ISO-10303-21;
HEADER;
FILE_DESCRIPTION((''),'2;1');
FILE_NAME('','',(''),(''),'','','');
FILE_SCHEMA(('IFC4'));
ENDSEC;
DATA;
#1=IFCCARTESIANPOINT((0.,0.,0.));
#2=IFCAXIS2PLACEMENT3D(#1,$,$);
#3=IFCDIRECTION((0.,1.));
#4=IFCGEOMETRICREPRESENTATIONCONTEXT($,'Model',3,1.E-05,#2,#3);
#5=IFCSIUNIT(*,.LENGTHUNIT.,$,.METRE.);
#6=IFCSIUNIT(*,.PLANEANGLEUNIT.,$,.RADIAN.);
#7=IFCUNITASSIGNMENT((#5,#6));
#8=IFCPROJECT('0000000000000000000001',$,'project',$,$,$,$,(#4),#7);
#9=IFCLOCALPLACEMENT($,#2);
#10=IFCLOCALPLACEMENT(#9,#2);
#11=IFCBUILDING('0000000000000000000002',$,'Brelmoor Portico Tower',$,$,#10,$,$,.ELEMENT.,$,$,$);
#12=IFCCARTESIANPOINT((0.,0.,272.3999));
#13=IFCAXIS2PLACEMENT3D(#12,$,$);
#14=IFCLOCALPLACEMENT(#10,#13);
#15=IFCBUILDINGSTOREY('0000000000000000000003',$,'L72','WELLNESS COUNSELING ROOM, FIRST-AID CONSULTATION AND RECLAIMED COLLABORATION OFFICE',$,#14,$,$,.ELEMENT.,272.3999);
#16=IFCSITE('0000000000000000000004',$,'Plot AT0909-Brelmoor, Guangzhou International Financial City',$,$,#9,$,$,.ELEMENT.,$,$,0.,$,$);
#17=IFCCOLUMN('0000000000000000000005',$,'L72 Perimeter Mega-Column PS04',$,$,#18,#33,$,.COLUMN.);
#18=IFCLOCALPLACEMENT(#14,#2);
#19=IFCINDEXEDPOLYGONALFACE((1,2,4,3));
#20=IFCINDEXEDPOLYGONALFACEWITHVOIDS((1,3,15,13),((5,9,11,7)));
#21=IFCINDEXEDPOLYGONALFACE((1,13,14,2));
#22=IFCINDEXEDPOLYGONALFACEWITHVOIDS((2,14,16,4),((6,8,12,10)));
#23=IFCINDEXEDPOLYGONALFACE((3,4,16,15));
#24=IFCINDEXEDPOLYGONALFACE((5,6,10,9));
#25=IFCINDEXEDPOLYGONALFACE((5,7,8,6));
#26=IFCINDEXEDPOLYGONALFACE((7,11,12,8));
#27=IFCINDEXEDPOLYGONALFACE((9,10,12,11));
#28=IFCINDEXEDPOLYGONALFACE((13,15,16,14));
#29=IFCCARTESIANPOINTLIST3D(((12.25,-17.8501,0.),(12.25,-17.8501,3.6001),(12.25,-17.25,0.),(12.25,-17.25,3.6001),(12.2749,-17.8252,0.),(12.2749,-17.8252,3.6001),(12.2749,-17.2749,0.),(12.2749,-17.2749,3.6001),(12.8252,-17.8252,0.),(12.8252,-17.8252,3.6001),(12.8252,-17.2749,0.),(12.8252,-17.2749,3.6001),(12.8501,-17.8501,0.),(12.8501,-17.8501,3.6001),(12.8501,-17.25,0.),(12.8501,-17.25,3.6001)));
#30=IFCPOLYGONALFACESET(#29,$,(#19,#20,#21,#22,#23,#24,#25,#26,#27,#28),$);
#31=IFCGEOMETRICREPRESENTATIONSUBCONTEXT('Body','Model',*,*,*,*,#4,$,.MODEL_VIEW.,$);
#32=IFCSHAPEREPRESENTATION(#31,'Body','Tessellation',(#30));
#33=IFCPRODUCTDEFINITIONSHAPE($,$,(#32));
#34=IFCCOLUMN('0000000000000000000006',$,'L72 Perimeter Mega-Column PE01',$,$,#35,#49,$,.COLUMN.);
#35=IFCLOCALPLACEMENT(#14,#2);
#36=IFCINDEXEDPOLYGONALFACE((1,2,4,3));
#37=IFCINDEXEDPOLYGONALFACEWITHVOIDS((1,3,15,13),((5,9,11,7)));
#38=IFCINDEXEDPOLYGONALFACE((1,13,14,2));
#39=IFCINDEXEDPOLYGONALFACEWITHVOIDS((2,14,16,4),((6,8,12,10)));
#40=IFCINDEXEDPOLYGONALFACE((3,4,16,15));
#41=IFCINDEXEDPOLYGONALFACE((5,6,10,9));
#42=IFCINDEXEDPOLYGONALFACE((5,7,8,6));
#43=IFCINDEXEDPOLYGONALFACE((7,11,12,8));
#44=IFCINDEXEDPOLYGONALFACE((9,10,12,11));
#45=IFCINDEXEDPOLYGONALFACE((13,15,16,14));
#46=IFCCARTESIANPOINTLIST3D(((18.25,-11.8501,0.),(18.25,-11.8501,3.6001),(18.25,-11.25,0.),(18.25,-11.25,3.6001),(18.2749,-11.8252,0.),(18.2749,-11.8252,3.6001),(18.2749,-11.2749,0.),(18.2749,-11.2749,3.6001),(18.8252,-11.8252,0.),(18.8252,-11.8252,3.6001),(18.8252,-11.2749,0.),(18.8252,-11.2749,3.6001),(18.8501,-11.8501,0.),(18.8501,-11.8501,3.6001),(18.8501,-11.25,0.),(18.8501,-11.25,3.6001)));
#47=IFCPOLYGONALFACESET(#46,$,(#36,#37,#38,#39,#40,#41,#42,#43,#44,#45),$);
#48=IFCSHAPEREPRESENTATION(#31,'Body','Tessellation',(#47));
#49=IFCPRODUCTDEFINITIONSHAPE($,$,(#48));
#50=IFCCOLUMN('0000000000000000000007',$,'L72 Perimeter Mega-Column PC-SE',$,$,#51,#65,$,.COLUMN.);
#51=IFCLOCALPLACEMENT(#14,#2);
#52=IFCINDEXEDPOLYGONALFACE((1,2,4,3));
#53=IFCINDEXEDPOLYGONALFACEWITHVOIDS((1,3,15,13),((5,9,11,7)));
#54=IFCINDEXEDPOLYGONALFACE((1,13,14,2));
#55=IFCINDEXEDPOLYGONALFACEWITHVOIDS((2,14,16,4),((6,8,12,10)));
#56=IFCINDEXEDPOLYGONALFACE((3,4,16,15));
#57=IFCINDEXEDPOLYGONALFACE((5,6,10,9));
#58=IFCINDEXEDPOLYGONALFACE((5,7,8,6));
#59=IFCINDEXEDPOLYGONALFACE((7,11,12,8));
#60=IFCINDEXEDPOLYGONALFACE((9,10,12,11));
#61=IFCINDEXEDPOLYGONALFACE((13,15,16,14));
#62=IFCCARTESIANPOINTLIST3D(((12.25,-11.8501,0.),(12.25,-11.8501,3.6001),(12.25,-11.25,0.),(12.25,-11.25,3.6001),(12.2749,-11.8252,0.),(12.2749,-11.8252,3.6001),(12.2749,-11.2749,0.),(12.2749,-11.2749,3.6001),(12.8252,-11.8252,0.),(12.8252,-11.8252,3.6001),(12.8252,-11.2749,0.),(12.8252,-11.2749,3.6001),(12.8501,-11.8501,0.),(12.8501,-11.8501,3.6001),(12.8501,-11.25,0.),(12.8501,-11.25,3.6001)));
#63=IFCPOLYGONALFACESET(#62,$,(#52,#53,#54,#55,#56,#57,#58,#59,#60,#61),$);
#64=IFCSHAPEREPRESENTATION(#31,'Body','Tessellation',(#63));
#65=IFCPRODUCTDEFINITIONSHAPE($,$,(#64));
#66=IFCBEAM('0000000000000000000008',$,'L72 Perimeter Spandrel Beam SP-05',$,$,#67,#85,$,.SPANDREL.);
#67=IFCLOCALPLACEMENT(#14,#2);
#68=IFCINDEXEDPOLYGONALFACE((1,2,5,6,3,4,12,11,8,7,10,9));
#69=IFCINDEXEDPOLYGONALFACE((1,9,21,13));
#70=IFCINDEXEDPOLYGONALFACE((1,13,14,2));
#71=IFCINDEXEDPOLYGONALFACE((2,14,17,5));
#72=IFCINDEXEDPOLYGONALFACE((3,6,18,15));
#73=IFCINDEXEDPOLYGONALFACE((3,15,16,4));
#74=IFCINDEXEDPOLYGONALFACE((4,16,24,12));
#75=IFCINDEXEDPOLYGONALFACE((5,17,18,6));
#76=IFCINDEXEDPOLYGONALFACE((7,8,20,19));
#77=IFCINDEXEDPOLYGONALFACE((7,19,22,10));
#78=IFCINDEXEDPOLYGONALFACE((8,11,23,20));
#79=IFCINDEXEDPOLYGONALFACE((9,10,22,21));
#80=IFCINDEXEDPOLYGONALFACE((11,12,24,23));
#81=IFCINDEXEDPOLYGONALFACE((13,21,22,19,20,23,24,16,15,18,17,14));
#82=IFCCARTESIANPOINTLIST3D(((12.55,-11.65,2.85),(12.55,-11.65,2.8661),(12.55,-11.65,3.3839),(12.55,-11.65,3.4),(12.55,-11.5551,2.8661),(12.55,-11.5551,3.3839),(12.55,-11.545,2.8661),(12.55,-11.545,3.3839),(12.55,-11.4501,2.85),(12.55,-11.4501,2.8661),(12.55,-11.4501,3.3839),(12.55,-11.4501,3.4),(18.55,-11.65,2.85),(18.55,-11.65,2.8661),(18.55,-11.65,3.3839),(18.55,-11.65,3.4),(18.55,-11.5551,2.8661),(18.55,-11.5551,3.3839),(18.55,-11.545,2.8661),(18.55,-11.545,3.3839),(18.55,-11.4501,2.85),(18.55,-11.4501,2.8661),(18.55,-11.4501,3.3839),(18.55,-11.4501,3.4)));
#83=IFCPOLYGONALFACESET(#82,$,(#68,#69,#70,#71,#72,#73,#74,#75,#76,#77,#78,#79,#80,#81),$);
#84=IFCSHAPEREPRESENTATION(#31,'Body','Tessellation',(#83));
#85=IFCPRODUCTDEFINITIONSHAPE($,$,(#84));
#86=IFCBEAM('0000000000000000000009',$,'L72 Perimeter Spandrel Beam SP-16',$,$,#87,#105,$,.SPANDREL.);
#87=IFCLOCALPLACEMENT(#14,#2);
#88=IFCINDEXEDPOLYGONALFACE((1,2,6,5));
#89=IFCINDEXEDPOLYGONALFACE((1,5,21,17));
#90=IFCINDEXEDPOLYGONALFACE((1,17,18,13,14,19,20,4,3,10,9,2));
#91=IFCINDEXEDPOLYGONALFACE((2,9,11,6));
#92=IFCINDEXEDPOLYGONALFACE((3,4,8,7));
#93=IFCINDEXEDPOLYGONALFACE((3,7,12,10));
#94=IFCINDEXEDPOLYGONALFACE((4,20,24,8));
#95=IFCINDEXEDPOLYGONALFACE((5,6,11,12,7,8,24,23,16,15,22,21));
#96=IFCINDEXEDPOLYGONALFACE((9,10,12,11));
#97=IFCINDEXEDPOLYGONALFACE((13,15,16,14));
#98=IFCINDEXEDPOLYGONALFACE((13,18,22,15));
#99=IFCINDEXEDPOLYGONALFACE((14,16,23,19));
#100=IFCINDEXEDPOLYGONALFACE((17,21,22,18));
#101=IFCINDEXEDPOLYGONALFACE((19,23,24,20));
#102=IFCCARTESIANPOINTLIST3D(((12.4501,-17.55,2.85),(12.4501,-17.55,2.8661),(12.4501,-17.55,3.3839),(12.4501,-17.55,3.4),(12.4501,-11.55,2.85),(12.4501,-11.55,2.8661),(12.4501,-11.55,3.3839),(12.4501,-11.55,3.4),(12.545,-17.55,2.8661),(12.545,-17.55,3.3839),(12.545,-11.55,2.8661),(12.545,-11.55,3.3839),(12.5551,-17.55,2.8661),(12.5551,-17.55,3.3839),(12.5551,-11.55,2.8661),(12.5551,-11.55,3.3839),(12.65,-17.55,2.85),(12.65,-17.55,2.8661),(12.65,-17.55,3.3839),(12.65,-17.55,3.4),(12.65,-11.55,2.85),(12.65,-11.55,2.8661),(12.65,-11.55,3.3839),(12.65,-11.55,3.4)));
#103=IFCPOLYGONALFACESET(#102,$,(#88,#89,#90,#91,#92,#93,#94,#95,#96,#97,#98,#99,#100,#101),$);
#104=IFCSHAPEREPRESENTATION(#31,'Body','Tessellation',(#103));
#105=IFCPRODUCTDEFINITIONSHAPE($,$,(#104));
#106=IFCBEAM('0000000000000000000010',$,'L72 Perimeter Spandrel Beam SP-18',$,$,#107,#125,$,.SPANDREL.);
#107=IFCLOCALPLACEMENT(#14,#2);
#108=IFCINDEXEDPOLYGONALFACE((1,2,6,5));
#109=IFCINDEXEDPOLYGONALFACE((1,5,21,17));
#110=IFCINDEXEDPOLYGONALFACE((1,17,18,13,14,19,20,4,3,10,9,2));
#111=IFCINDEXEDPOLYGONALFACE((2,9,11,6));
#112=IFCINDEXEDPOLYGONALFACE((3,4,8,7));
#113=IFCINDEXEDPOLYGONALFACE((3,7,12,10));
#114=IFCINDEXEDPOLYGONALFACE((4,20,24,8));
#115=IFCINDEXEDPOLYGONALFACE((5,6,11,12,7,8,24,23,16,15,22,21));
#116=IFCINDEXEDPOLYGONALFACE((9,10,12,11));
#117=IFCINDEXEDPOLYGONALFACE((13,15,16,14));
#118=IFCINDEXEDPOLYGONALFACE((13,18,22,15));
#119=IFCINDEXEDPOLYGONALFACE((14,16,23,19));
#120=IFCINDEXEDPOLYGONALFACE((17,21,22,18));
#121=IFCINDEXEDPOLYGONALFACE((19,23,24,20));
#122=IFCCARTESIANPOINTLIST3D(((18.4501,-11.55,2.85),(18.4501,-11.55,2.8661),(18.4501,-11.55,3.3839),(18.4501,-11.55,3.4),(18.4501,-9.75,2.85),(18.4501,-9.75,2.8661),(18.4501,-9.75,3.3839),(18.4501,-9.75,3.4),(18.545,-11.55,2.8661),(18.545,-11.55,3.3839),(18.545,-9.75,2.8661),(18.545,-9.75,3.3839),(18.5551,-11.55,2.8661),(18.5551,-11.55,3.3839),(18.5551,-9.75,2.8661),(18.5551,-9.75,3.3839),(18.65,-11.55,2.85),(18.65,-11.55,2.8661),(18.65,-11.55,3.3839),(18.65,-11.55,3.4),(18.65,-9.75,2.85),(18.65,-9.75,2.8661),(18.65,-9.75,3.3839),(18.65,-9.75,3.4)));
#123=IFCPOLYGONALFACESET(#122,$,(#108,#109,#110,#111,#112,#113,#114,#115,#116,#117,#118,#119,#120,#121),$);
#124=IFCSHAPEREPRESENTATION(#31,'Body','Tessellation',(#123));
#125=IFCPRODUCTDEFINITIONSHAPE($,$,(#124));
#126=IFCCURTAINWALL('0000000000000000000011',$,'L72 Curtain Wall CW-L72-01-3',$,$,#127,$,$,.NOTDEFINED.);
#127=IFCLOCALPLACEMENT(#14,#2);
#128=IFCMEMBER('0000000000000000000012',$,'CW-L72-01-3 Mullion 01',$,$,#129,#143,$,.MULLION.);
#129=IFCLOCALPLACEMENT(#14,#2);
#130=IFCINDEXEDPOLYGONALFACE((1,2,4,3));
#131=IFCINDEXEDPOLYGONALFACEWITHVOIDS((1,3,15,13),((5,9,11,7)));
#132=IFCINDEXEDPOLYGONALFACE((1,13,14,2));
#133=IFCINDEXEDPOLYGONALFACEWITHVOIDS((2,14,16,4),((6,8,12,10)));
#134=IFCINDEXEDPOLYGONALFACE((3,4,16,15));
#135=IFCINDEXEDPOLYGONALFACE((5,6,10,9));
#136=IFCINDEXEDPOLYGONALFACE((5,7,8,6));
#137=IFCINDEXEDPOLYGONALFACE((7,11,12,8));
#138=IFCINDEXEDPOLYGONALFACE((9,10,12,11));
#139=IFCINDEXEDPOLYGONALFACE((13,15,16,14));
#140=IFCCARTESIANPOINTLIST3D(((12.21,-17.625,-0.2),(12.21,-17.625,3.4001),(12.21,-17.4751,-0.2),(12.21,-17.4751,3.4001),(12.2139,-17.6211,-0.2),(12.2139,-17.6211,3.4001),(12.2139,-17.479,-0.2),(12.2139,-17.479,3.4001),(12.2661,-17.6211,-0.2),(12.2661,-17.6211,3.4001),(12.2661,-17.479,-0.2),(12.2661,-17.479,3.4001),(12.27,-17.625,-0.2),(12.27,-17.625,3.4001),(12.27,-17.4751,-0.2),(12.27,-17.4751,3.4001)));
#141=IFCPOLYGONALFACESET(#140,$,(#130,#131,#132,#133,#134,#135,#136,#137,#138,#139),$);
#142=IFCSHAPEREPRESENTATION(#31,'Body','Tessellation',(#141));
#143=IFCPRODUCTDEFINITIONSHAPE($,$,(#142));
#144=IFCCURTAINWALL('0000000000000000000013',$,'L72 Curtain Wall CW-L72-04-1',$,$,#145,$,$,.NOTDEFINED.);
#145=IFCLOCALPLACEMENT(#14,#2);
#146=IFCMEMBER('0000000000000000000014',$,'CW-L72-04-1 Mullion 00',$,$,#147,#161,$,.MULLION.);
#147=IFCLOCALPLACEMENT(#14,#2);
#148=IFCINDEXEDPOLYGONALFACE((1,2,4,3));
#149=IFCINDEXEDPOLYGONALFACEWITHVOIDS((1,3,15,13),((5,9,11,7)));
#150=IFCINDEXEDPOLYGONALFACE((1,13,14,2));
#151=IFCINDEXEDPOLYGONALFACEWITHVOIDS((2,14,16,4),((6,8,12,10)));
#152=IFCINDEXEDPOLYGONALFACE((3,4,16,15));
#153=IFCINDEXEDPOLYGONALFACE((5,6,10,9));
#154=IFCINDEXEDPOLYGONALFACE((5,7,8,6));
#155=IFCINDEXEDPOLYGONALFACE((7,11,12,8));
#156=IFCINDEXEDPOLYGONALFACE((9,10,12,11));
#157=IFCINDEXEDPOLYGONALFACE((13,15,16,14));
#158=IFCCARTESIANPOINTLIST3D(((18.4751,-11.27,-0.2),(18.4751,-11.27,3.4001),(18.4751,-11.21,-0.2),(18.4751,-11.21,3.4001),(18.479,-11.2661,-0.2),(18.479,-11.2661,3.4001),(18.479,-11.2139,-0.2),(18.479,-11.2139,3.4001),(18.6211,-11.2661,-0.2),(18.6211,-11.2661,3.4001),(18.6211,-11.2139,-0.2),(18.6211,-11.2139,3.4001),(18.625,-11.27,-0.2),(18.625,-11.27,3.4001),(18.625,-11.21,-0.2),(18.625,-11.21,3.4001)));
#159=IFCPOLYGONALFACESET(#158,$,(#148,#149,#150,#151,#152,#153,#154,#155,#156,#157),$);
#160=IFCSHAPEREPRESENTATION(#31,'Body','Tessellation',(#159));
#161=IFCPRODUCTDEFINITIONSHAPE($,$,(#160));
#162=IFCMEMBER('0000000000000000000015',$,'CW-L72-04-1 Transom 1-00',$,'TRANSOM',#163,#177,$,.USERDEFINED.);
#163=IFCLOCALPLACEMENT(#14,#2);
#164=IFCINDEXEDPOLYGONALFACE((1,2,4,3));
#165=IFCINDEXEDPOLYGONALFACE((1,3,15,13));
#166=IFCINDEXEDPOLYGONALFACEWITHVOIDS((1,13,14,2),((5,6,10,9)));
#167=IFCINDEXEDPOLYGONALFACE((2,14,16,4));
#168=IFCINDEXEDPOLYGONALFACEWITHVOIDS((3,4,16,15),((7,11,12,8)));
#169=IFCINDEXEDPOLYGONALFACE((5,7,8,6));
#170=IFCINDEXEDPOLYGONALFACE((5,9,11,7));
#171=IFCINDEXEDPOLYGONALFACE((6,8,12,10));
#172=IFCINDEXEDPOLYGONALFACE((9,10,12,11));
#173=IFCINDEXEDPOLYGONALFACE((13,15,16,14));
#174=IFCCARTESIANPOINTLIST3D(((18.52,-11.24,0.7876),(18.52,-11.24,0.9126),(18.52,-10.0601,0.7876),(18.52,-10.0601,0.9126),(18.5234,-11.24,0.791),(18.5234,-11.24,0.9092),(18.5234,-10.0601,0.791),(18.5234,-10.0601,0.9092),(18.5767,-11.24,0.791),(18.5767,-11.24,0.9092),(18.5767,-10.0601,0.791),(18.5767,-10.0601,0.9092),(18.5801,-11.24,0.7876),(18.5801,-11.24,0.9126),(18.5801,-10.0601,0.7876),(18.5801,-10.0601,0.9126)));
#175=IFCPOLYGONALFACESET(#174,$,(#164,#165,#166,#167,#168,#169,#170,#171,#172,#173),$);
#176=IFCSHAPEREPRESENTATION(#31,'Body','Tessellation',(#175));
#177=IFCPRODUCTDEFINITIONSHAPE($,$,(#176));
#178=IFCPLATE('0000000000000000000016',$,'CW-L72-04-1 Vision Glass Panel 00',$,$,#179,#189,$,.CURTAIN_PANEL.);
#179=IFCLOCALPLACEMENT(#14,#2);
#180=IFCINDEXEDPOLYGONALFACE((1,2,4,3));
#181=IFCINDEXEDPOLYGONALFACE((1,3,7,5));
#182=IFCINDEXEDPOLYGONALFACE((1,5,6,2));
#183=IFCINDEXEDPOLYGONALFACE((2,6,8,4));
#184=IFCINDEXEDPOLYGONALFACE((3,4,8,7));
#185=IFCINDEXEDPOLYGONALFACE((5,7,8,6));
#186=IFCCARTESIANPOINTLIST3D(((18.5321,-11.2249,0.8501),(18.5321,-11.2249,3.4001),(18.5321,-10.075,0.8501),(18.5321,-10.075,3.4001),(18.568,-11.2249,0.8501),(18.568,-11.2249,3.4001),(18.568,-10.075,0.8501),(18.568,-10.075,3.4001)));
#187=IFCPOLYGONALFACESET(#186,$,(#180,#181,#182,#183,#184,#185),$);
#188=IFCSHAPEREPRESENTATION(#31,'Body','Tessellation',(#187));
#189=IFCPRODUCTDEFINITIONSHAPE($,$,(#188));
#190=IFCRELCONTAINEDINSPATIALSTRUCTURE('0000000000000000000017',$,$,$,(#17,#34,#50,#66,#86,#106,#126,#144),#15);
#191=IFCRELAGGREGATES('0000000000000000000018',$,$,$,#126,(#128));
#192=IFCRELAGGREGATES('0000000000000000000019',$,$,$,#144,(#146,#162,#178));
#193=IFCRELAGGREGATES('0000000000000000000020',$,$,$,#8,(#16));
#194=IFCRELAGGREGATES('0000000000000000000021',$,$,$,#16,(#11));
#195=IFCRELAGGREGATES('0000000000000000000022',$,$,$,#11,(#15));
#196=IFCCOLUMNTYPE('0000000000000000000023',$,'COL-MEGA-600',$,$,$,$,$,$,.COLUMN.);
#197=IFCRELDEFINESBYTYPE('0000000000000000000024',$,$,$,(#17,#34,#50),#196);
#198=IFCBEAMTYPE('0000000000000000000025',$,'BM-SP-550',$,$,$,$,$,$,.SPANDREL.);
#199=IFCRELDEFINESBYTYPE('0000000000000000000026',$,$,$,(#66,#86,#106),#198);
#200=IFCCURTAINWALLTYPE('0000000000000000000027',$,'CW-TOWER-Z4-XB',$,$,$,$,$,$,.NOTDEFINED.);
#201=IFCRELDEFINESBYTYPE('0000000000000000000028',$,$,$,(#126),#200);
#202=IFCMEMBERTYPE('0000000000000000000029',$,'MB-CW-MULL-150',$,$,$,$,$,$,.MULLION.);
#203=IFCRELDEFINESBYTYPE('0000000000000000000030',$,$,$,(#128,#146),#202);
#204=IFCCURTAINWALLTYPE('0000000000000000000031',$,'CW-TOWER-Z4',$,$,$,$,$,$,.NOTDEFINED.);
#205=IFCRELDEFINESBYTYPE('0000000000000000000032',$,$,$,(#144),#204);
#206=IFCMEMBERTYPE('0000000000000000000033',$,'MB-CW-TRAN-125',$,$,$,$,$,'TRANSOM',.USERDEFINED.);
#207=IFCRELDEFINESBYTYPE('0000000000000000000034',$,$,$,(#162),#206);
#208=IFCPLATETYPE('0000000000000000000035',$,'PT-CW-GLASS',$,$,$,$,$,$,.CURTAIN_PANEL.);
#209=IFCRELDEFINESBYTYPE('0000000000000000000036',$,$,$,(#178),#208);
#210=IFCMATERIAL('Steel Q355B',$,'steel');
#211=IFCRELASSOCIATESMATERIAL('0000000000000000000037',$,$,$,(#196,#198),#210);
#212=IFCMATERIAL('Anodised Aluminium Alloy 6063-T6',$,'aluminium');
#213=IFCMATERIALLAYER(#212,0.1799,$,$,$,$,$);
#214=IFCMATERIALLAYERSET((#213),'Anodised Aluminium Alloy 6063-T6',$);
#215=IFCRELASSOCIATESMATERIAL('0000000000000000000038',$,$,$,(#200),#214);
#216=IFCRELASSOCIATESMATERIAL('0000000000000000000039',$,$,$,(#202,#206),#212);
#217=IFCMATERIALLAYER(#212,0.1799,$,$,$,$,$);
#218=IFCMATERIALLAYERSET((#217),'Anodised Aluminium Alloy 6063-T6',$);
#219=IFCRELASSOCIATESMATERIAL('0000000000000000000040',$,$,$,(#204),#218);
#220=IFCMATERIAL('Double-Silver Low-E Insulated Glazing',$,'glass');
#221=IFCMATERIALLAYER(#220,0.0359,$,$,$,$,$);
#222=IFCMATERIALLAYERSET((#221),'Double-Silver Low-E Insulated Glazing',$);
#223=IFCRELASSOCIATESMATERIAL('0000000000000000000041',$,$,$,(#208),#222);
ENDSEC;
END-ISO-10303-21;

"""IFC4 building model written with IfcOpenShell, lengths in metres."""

from ifc_helpers import new_model, si_unit, direction, frame, origin, origin_2d, place, context, subcontext, project, spatial, rectangle, hollow_rectangle, i_section, extrude, material, layer, layer_set, material_profile, profile_set, type_object, element, aggregate, save


model = new_model("IFC4")

# Units and contexts
model_context = context("Model", 3, precision=1e-05, world=origin(), true_north=direction((0.0, 1.0)))
body_context = subcontext(model_context, "Body", "Model", "MODEL_VIEW")
ifc_project = project(units=[si_unit("LENGTHUNIT", "METRE"), si_unit("PLANEANGLEUNIT", "RADIAN")], contexts=[model_context])

# Site, building, storey
site_placement = place(None, origin())
site = spatial("IfcSite", under=ifc_project, at=site_placement, Name="Plot AT0909-Brelmoor, Guangzhou International Financial City", CompositionType="ELEMENT", RefElevation=0.0)
building_placement = place(site_placement, origin())
building = spatial("IfcBuilding", under=site, at=building_placement, Name="Brelmoor Portico Tower", CompositionType="ELEMENT")
storey_placement = place(building_placement, frame((0.0, 0.0, 272.3999)))
storey = spatial("IfcBuildingStorey", under=building, at=storey_placement, Name="L72", Description="WELLNESS COUNSELING ROOM, FIRST-AID CONSULTATION AND RECLAIMED COLLABORATION OFFICE", CompositionType="ELEMENT", Elevation=272.3999)

# Columns
ifc_material_1 = material(Name="Steel Q355B", Category="steel")
ifc_material_profile_1 = material_profile(ifc_material_1, hollow_rectangle(XDim=0.6001, YDim=0.6001, WallThickness=0.0249, at=origin_2d()), Name="BOX 600x600x25")
ifc_profile_set_1 = profile_set([ifc_material_profile_1], Name="Steel Q355B")
column_type = type_object("IfcColumnType", Name="COL-MEGA-600", PredefinedType="COLUMN", material=ifc_profile_set_1)
for number, where, z_axis, x_axis, name in (
    (1, (12.55, -17.55, 0.0), (0.0, 0.0, 1.0), (1.0, 0.0, 0.0), "L72 Perimeter Mega-Column PS04"),
    (2, (18.55, -11.55, 0.0), (0.0, 0.0, 1.0), (0.0, 1.0, 0.0), "L72 Perimeter Mega-Column PE01"),
    (3, (12.55, -11.55, 0.0), (0.0, 0.0, 1.0), (1.0, 0.0, 0.0), "L72 Perimeter Mega-Column PC-SE"),
):
    element("IfcColumn", number, at=place(storey_placement, frame(where, z_axis=z_axis, x_axis=x_axis)), inside=storey, type_object=column_type, Name=name, PredefinedType="COLUMN", context=body_context, shape_type="SweptSolid", body=[
        extrude(hollow_rectangle(XDim=0.6001, YDim=0.6001, WallThickness=0.0249, at=origin_2d()), origin(), (0.0, 0.0, 1.0), 3.6001),
    ])

# Beams
ifc_material_profile_2 = material_profile(ifc_material_1, i_section(OverallWidth=0.2, OverallDepth=0.55, WebThickness=0.01, FlangeThickness=0.0161, at=origin_2d()), Name="HN 550x200x10x16")
ifc_profile_set_2 = profile_set([ifc_material_profile_2], Name="Steel Q355B")
beam_type = type_object("IfcBeamType", Name="BM-SP-550", PredefinedType="SPANDREL", material=ifc_profile_set_2)
for number, where, z_axis, x_axis, name in (
    (4, (12.55, -11.55, 3.125), (1.0, 0.0, 0.0), (0.0, 1.0, 0.0), "L72 Perimeter Spandrel Beam SP-05"),
    (5, (12.55, -17.55, 3.125), (0.0, 1.0, 0.0), (-1.0, 0.0, 0.0), "L72 Perimeter Spandrel Beam SP-16"),
):
    element("IfcBeam", number, at=place(storey_placement, frame(where, z_axis=z_axis, x_axis=x_axis)), inside=storey, type_object=beam_type, Name=name, PredefinedType="SPANDREL", context=body_context, shape_type="SweptSolid", body=[
        extrude(i_section(OverallWidth=0.2, OverallDepth=0.55, WebThickness=0.01, FlangeThickness=0.0161, at=origin_2d()), origin(), (0.0, 0.0, 1.0), 6.0),
    ])
beam_placement = place(storey_placement, frame((18.55, -11.55, 3.125), z_axis=(0.0, 1.0, 0.0), x_axis=(-1.0, 0.0, 0.0)))
element("IfcBeam", 6, at=beam_placement, inside=storey, type_object=beam_type, Name="L72 Perimeter Spandrel Beam SP-18", PredefinedType="SPANDREL", context=body_context, shape_type="SweptSolid", body=[
    extrude(i_section(OverallWidth=0.2, OverallDepth=0.55, WebThickness=0.01, FlangeThickness=0.0161, at=origin_2d()), origin(), (0.0, 0.0, 1.0), 1.8),
])

# Curtain wall, member
ifc_material_2 = material(Name="Anodised Aluminium Alloy 6063-T6", Category="aluminium")
ifc_layer_1 = layer(ifc_material_2, 0.1799)
ifc_layer_set_1 = layer_set([ifc_layer_1], Name="Anodised Aluminium Alloy 6063-T6")
curtain_wall_type_1 = type_object("IfcCurtainWallType", Name="CW-TOWER-Z4-XB", PredefinedType="NOTDEFINED", material=ifc_layer_set_1)
curtain_wall_1_placement = place(storey_placement, origin())
curtain_wall_1 = element("IfcCurtainWall", 7, at=curtain_wall_1_placement, inside=storey, type_object=curtain_wall_type_1, Name="L72 Curtain Wall CW-L72-01-3", PredefinedType="NOTDEFINED")
ifc_material_profile_3 = material_profile(ifc_material_2, hollow_rectangle(XDim=0.0601, YDim=0.1499, WallThickness=0.0039, at=origin_2d()), Name="ALU MULLION 60x150")
ifc_profile_set_3 = profile_set([ifc_material_profile_3], Name="Anodised Aluminium Alloy 6063-T6")
member_type_1 = type_object("IfcMemberType", Name="MB-CW-MULL-150", PredefinedType="MULLION", material=ifc_profile_set_3)
member_1_placement = place(storey_placement, frame((12.24, -17.55, -0.2), z_axis=(0.0, 0.0, 1.0), x_axis=(1.0, 0.0, 0.0)))
member_1 = element("IfcMember", 8, at=member_1_placement, type_object=member_type_1, Name="CW-L72-01-3 Mullion 01", PredefinedType="MULLION", context=body_context, shape_type="SweptSolid", body=[
    extrude(hollow_rectangle(XDim=0.0601, YDim=0.1499, WallThickness=0.0039, at=origin_2d()), origin(), (0.0, 0.0, 1.0), 3.6001),
])

# Curtain wall, members, plate
ifc_layer_2 = layer(ifc_material_2, 0.1799)
ifc_layer_set_2 = layer_set([ifc_layer_2], Name="Anodised Aluminium Alloy 6063-T6")
curtain_wall_type_2 = type_object("IfcCurtainWallType", Name="CW-TOWER-Z4", PredefinedType="NOTDEFINED", material=ifc_layer_set_2)
curtain_wall_2_placement = place(storey_placement, origin())
curtain_wall_2 = element("IfcCurtainWall", 9, at=curtain_wall_2_placement, inside=storey, type_object=curtain_wall_type_2, Name="L72 Curtain Wall CW-L72-04-1", PredefinedType="NOTDEFINED")
member_2_placement = place(storey_placement, frame((18.55, -11.24, -0.2), z_axis=(0.0, 0.0, 1.0), x_axis=(0.0, 1.0, 0.0)))
member_2 = element("IfcMember", 10, at=member_2_placement, type_object=member_type_1, Name="CW-L72-04-1 Mullion 00", PredefinedType="MULLION", context=body_context, shape_type="SweptSolid", body=[
    extrude(hollow_rectangle(XDim=0.0601, YDim=0.1499, WallThickness=0.0039, at=origin_2d()), origin(), (0.0, 0.0, 1.0), 3.6001),
])
ifc_material_profile_4 = material_profile(ifc_material_2, hollow_rectangle(XDim=0.0601, YDim=0.125, WallThickness=0.0034, at=origin_2d()), Name="ALU TRANSOM 60x125")
ifc_profile_set_4 = profile_set([ifc_material_profile_4], Name="Anodised Aluminium Alloy 6063-T6")
member_type_2 = type_object("IfcMemberType", Name="MB-CW-TRAN-125", ElementType="TRANSOM", PredefinedType="USERDEFINED", material=ifc_profile_set_4)
member_3_placement = place(storey_placement, frame((18.55, -11.24, 0.8501), z_axis=(0.0, 1.0, 0.0), x_axis=(-1.0, 0.0, 0.0)))
member_3 = element("IfcMember", 11, at=member_3_placement, type_object=member_type_2, Name="CW-L72-04-1 Transom 1-00", ObjectType="TRANSOM", PredefinedType="USERDEFINED", context=body_context, shape_type="SweptSolid", body=[
    extrude(hollow_rectangle(XDim=0.0601, YDim=0.125, WallThickness=0.0034, at=origin_2d()), origin(), (0.0, 0.0, 1.0), 1.1799),
])
ifc_material_3 = material(Name="Double-Silver Low-E Insulated Glazing", Category="glass")
ifc_layer_3 = layer(ifc_material_3, 0.0359)
ifc_layer_set_3 = layer_set([ifc_layer_3], Name="Double-Silver Low-E Insulated Glazing")
plate_type_1 = type_object("IfcPlateType", Name="PT-CW-GLASS", PredefinedType="CURTAIN_PANEL", material=ifc_layer_set_3)
plate_1_placement = place(storey_placement, frame((18.55, -10.6499, 0.8501), z_axis=(0.0, 0.0, 1.0), x_axis=(0.0, 1.0, 0.0)))
plate_1 = element("IfcPlate", 12, at=plate_1_placement, type_object=plate_type_1, Name="CW-L72-04-1 Vision Glass Panel 00", PredefinedType="CURTAIN_PANEL", context=body_context, shape_type="SweptSolid", body=[
    extrude(rectangle(XDim=1.1499, YDim=0.0359, at=origin_2d()), origin(), (0.0, 0.0, 1.0), 2.55),
])

aggregate(curtain_wall_1, [member_1])
aggregate(curtain_wall_2, [member_2, member_3, plate_1])

save(model, "model.ifc")
